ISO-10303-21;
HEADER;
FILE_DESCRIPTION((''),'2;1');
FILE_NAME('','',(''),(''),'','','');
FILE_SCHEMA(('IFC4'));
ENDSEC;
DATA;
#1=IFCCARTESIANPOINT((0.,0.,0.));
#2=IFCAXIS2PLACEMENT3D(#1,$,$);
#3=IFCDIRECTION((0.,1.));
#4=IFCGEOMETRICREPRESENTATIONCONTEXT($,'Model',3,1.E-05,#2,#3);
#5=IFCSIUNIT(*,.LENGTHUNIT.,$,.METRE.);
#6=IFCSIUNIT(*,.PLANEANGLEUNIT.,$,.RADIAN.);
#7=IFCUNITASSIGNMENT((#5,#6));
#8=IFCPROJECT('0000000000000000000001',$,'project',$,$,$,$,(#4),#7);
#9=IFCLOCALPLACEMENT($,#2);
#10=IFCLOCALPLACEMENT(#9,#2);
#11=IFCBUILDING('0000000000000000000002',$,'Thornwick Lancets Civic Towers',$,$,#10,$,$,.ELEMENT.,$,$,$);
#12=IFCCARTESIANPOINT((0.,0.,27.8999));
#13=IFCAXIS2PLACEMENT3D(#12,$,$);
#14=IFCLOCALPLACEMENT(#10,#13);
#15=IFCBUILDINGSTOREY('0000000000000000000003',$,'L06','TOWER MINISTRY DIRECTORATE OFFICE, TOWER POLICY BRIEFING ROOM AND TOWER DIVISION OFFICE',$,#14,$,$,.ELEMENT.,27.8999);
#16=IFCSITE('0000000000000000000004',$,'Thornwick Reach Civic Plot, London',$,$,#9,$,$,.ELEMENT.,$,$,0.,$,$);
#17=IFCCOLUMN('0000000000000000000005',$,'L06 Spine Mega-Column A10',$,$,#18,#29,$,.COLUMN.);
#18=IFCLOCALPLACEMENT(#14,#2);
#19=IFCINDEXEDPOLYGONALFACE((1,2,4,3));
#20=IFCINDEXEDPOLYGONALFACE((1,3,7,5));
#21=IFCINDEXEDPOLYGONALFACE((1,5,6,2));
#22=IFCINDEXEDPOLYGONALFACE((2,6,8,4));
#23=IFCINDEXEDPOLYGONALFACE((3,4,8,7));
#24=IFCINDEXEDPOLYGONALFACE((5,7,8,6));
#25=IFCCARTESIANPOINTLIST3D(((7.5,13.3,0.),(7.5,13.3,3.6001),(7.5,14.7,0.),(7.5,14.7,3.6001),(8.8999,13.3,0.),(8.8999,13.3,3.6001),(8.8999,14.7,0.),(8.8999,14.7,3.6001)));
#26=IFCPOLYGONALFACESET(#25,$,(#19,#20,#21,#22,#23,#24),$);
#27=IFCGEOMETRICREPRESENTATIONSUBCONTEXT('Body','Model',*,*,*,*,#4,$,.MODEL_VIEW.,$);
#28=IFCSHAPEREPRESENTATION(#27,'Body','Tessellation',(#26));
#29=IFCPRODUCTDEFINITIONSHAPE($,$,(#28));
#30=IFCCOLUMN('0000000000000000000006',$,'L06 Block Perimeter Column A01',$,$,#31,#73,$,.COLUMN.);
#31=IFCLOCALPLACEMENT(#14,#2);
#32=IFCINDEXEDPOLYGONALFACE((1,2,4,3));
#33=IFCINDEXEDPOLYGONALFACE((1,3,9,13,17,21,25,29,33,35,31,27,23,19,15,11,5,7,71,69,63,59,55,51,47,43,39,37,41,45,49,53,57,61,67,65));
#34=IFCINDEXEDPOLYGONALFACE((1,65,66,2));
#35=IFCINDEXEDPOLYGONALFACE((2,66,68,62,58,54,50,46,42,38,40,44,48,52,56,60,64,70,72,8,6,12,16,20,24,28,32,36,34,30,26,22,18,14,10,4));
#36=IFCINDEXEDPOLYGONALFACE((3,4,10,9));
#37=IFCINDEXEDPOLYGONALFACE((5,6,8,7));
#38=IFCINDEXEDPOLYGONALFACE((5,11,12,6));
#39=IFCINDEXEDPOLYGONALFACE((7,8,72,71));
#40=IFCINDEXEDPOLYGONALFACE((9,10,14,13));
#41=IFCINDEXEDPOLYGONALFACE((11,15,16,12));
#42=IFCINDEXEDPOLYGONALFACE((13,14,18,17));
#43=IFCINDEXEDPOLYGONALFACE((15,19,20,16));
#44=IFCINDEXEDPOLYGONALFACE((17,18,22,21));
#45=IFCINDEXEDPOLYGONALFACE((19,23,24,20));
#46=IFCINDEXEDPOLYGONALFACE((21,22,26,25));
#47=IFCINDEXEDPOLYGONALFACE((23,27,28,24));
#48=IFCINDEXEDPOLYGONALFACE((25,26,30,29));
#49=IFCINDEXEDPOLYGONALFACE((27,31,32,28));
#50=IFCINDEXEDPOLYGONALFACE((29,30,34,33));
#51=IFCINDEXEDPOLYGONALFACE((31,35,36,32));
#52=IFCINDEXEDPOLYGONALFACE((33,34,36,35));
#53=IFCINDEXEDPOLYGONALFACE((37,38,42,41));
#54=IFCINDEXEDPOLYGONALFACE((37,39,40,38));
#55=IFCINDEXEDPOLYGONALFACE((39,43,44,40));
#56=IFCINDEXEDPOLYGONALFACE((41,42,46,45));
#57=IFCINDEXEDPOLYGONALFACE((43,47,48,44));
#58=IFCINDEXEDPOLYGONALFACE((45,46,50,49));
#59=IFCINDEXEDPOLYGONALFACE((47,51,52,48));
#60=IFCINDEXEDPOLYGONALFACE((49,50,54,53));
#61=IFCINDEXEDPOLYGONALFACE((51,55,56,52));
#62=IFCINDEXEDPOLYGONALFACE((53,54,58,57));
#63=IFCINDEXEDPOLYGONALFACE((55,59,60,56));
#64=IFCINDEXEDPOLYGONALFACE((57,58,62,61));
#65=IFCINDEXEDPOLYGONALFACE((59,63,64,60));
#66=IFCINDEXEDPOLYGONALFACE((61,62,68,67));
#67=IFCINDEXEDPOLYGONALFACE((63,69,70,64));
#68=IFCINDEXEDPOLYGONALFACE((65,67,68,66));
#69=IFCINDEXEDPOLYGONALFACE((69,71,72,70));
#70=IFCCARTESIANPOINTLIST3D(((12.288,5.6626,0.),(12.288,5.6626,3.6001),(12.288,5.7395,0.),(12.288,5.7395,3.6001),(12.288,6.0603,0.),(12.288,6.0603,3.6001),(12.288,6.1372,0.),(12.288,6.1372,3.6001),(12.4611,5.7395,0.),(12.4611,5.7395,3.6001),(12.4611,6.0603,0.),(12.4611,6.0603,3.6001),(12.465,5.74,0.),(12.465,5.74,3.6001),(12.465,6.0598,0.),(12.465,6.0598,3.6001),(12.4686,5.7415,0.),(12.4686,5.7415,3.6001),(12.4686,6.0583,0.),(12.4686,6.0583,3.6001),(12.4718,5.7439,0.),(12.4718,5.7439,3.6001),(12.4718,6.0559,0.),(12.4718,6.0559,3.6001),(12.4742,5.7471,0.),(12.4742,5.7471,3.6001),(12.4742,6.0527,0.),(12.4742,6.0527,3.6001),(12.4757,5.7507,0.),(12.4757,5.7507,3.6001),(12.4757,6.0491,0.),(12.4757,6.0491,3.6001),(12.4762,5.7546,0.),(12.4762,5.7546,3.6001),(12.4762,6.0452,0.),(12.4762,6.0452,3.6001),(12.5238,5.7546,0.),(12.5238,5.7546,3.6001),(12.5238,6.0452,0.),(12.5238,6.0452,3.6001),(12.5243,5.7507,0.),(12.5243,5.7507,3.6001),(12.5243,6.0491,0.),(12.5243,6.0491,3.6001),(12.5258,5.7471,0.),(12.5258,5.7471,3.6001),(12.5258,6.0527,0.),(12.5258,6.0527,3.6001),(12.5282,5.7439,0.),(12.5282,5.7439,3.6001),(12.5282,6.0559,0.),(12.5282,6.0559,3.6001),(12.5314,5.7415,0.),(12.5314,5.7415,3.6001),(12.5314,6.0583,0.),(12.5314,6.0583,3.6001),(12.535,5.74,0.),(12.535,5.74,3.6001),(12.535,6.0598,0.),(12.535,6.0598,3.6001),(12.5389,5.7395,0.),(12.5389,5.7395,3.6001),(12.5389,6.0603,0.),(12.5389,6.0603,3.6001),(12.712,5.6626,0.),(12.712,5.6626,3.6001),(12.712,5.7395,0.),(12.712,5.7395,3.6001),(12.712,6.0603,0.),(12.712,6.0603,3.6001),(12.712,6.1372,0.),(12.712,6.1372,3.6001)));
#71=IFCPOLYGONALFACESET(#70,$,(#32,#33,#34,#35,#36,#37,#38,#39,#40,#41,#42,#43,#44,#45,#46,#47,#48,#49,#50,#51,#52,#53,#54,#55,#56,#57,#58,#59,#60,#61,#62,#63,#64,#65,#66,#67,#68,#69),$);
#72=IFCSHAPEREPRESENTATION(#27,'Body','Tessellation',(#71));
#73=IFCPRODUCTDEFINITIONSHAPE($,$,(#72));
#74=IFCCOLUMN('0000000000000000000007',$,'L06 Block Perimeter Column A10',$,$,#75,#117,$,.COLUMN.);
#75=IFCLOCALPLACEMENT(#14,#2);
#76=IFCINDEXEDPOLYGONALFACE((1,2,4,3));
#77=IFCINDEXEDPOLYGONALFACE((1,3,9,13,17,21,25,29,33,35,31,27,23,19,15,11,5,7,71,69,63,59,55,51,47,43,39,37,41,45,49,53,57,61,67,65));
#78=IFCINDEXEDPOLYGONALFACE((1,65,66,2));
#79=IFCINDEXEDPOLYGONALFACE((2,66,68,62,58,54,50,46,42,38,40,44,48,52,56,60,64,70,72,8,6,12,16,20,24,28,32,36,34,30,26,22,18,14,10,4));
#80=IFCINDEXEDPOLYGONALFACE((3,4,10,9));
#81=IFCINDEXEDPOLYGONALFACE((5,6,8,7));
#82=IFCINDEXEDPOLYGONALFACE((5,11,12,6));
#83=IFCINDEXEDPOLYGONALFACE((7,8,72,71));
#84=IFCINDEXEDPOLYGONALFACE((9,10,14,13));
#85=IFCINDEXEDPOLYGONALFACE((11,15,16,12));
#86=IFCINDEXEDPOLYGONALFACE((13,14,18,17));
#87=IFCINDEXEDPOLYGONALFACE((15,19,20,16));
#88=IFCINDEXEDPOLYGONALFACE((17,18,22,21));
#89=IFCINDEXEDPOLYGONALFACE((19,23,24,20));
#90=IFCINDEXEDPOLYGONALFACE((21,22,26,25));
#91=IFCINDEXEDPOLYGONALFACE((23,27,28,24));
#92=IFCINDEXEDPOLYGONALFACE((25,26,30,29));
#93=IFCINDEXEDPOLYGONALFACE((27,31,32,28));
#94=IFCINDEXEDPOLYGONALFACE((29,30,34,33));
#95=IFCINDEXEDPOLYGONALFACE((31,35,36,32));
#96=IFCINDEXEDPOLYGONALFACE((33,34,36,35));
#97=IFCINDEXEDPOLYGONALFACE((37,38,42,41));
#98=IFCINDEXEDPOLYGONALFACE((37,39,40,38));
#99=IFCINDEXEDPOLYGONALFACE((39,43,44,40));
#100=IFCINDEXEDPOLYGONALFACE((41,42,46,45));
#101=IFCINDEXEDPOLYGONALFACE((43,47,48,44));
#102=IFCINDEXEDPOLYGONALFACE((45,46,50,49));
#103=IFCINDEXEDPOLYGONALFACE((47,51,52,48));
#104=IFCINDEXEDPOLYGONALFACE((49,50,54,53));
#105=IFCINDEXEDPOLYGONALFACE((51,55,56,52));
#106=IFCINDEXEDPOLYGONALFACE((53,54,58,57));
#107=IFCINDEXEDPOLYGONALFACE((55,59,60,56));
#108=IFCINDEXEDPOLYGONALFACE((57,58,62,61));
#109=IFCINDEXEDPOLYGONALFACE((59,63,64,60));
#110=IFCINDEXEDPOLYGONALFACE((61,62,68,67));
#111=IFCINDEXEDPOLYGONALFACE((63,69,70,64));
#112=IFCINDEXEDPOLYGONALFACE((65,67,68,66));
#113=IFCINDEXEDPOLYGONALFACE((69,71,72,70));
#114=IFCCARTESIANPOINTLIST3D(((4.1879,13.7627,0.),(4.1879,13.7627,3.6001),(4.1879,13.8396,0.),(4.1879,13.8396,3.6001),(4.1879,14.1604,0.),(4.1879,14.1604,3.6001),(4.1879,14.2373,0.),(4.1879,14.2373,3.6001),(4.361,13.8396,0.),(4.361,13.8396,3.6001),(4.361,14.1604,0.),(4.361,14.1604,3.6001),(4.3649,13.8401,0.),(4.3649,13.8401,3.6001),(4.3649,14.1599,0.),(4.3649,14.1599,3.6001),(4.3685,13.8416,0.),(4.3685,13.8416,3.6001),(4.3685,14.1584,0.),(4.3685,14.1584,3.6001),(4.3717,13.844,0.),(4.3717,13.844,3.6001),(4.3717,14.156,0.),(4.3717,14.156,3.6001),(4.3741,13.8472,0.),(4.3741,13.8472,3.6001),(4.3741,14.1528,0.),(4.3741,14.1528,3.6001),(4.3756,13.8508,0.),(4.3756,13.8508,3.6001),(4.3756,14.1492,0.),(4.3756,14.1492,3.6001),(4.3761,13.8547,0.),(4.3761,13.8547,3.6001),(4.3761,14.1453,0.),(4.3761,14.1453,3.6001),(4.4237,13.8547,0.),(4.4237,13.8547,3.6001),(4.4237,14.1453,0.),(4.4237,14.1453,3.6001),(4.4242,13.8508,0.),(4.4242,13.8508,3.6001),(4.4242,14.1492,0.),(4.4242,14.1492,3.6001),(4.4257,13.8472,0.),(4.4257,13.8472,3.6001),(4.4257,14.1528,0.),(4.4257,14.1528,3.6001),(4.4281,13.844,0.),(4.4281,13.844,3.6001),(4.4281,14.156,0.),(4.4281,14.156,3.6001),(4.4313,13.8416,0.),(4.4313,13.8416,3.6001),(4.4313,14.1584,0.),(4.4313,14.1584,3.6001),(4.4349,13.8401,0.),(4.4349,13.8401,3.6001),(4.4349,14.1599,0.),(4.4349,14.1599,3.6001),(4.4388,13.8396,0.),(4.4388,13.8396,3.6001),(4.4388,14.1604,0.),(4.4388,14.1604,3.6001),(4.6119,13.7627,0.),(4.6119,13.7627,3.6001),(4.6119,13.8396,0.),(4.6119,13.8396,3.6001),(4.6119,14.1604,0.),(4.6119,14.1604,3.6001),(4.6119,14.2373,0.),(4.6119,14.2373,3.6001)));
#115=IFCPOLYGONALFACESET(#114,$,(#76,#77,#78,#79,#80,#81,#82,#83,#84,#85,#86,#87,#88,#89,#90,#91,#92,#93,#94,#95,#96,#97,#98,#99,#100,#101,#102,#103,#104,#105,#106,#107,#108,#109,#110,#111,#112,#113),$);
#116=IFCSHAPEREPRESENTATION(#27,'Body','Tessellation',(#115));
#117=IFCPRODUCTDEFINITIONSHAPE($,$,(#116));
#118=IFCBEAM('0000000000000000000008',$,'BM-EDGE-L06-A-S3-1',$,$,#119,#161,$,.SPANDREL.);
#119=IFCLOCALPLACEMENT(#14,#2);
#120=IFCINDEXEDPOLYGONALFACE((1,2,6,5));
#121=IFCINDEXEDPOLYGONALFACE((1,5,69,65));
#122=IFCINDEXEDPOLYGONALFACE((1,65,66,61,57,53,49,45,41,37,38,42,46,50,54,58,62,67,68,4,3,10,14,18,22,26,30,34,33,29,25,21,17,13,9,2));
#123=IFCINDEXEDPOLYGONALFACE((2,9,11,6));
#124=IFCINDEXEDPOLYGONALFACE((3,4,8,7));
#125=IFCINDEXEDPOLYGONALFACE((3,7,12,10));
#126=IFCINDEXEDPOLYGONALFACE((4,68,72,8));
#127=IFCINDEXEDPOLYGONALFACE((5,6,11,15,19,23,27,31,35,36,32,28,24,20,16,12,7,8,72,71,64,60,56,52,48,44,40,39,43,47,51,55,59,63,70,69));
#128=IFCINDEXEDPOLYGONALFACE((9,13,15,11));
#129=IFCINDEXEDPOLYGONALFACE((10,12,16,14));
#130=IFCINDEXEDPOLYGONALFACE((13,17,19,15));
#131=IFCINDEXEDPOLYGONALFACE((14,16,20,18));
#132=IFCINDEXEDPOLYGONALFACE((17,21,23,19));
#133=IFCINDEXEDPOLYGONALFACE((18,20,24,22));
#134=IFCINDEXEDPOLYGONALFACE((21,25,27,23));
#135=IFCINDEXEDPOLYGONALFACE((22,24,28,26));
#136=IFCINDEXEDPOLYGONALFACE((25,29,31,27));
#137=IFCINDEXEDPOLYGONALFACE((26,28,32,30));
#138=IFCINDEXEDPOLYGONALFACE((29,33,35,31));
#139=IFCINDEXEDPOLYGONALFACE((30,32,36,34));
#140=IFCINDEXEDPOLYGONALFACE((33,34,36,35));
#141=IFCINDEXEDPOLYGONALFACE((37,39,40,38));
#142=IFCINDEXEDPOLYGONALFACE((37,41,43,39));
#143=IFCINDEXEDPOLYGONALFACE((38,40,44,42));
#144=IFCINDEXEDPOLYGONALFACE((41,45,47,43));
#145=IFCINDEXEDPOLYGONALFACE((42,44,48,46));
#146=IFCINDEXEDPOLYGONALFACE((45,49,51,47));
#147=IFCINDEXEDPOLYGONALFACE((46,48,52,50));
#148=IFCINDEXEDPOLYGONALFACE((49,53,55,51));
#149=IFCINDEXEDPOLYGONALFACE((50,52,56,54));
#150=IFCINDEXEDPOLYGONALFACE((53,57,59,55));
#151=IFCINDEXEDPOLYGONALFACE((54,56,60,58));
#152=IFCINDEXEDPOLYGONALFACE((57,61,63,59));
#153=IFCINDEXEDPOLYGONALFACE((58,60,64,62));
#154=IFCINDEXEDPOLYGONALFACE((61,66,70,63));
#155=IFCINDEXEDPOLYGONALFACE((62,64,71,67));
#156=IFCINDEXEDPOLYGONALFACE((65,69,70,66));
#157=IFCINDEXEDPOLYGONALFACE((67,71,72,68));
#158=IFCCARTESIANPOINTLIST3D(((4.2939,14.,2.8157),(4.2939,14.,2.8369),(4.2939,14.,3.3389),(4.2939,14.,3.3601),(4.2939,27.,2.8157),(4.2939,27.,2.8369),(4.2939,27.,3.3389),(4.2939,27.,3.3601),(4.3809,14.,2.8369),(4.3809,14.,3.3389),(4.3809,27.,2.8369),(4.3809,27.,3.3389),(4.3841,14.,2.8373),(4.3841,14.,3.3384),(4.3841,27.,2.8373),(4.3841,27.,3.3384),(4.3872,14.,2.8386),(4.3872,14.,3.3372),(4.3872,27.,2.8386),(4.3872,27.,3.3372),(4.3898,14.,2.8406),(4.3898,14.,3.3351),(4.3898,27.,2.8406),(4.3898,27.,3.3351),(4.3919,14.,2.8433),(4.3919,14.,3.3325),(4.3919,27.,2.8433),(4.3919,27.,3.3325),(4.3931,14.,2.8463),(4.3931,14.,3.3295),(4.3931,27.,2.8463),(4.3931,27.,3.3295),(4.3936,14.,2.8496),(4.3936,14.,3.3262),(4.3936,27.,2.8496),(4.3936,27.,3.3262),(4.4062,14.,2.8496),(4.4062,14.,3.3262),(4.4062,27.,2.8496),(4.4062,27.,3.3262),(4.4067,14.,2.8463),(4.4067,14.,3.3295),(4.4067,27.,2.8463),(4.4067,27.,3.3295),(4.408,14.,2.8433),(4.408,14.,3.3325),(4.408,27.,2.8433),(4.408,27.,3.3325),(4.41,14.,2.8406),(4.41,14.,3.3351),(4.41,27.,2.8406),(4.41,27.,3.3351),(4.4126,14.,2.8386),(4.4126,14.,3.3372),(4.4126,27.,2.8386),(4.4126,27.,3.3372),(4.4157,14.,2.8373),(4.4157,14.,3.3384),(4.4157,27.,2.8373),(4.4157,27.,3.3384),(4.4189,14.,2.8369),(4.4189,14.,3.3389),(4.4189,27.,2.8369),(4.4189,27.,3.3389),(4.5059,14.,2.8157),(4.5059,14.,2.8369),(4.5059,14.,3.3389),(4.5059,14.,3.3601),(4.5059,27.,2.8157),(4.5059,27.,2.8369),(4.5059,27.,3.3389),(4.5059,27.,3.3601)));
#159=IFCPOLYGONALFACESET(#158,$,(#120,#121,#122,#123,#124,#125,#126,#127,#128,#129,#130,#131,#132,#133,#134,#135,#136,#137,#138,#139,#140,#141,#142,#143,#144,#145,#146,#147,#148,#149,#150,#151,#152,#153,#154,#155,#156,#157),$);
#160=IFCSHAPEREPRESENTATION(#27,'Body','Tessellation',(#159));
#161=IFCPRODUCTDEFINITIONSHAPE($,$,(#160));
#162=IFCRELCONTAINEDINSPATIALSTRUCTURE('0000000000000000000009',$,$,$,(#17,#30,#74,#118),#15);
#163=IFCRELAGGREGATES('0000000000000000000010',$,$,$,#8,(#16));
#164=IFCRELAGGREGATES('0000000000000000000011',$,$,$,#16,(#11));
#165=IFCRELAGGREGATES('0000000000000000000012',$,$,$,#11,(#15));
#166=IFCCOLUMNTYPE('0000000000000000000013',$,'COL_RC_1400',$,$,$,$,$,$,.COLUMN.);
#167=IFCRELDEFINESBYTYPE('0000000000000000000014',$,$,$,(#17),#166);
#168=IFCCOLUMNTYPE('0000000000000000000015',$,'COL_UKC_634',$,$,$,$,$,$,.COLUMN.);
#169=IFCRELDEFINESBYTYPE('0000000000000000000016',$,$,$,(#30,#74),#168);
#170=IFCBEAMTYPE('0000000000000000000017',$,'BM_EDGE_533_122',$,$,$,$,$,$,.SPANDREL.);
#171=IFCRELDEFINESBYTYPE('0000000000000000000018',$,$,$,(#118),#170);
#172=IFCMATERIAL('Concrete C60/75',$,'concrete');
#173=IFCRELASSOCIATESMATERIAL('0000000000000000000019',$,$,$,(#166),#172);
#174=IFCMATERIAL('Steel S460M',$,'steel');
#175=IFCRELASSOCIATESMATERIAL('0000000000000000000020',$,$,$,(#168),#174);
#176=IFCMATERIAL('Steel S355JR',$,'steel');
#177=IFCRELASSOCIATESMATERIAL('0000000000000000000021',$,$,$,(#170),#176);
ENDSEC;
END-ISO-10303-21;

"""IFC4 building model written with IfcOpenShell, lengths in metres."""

from ifc_helpers import new_model, si_unit, direction, frame, origin, origin_2d, place, context, subcontext, project, spatial, rectangle, i_section, extrude, material, material_profile, profile_set, type_object, element, save


model = new_model("IFC4")

# Units and contexts
model_context = context("Model", 3, precision=1e-05, world=origin(), true_north=direction((0.0, 1.0)))
body_context = subcontext(model_context, "Body", "Model", "MODEL_VIEW")
ifc_project = project(units=[si_unit("LENGTHUNIT", "METRE"), si_unit("PLANEANGLEUNIT", "RADIAN")], contexts=[model_context])

# Site, building, storey
site_placement = place(None, origin())
site = spatial("IfcSite", under=ifc_project, at=site_placement, Name="Thornwick Reach Civic Plot, London", CompositionType="ELEMENT", RefElevation=0.0)
building_placement = place(site_placement, origin())
building = spatial("IfcBuilding", under=site, at=building_placement, Name="Thornwick Lancets Civic Towers", CompositionType="ELEMENT")
storey_placement = place(building_placement, frame((0.0, 0.0, 27.8999)))
storey = spatial("IfcBuildingStorey", under=building, at=storey_placement, Name="L06", Description="TOWER MINISTRY DIRECTORATE OFFICE, TOWER POLICY BRIEFING ROOM AND TOWER DIVISION OFFICE", CompositionType="ELEMENT", Elevation=27.8999)

# Columns
ifc_material_1 = material(Name="Concrete C60/75", Category="concrete")
ifc_material_profile_1 = material_profile(ifc_material_1, rectangle(XDim=1.3999, YDim=1.3999, at=origin_2d()), Name="RC 1400x1400")
ifc_profile_set_1 = profile_set([ifc_material_profile_1], Name="Concrete C60/75")
column_type_1 = type_object("IfcColumnType", Name="COL_RC_1400", PredefinedType="COLUMN", material=ifc_profile_set_1)
column_placement = place(storey_placement, frame((8.2, 14.0, 0.0), z_axis=(0.0, 0.0, 1.0), x_axis=(1.0, 0.0, 0.0)))
element("IfcColumn", 1, at=column_placement, inside=storey, type_object=column_type_1, Name="L06 Spine Mega-Column A10", PredefinedType="COLUMN", context=body_context, shape_type="SweptSolid", body=[
    extrude(rectangle(XDim=1.3999, YDim=1.3999, at=origin_2d()), origin(), (0.0, 0.0, 1.0), 3.6001),
])
ifc_material_2 = material(Name="Steel S460M", Category="steel")
ifc_material_profile_2 = material_profile(ifc_material_2, i_section(OverallWidth=0.4241, OverallDepth=0.4746, WebThickness=0.0476, FlangeThickness=0.0769, FilletRadius=0.0151, at=origin_2d()), Name="UKC 356x406x634")
ifc_profile_set_2 = profile_set([ifc_material_profile_2], Name="Steel S460M")
column_type_2 = type_object("IfcColumnType", Name="COL_UKC_634", PredefinedType="COLUMN", material=ifc_profile_set_2)
for number, where, z_axis, x_axis, name in (
    (2, (12.5, 5.8999, 0.0), (0.0, 0.0, 1.0), (1.0, 0.0, 0.0), "L06 Block Perimeter Column A01"),
    (3, (4.3999, 14.0, 0.0), (0.0, 0.0, 1.0), (1.0, 0.0, 0.0), "L06 Block Perimeter Column A10"),
):
    element("IfcColumn", number, at=place(storey_placement, frame(where, z_axis=z_axis, x_axis=x_axis)), inside=storey, type_object=column_type_2, Name=name, PredefinedType="COLUMN", context=body_context, shape_type="SweptSolid", body=[
        extrude(i_section(OverallWidth=0.4241, OverallDepth=0.4746, WebThickness=0.0476, FlangeThickness=0.0769, FilletRadius=0.0151, at=origin_2d()), origin(), (0.0, 0.0, 1.0), 3.6001),
    ])

# Beam
ifc_material_3 = material(Name="Steel S355JR", Category="steel")
ifc_material_profile_3 = material_profile(ifc_material_3, i_section(OverallWidth=0.2119, OverallDepth=0.5444, WebThickness=0.0127, FlangeThickness=0.0212, FilletRadius=0.0127, at=origin_2d()), Name="UKB 533x210x122")
ifc_profile_set_3 = profile_set([ifc_material_profile_3], Name="Steel S355JR")
beam_type_1 = type_object("IfcBeamType", Name="BM_EDGE_533_122", PredefinedType="SPANDREL", material=ifc_profile_set_3)
beam_1_placement = place(storey_placement, frame((4.3999, 14.0, 3.0879), z_axis=(0.0, 1.0, 0.0), x_axis=(-1.0, 0.0, 0.0)))
element("IfcBeam", 4, at=beam_1_placement, inside=storey, type_object=beam_type_1, Name="BM-EDGE-L06-A-S3-1", PredefinedType="SPANDREL", context=body_context, shape_type="SweptSolid", body=[
    extrude(i_section(OverallWidth=0.2119, OverallDepth=0.5444, WebThickness=0.0127, FlangeThickness=0.0212, FilletRadius=0.0127, at=origin_2d()), origin(), (0.0, 0.0, 1.0), 13.0),
])

save(model, "model.ifc")
